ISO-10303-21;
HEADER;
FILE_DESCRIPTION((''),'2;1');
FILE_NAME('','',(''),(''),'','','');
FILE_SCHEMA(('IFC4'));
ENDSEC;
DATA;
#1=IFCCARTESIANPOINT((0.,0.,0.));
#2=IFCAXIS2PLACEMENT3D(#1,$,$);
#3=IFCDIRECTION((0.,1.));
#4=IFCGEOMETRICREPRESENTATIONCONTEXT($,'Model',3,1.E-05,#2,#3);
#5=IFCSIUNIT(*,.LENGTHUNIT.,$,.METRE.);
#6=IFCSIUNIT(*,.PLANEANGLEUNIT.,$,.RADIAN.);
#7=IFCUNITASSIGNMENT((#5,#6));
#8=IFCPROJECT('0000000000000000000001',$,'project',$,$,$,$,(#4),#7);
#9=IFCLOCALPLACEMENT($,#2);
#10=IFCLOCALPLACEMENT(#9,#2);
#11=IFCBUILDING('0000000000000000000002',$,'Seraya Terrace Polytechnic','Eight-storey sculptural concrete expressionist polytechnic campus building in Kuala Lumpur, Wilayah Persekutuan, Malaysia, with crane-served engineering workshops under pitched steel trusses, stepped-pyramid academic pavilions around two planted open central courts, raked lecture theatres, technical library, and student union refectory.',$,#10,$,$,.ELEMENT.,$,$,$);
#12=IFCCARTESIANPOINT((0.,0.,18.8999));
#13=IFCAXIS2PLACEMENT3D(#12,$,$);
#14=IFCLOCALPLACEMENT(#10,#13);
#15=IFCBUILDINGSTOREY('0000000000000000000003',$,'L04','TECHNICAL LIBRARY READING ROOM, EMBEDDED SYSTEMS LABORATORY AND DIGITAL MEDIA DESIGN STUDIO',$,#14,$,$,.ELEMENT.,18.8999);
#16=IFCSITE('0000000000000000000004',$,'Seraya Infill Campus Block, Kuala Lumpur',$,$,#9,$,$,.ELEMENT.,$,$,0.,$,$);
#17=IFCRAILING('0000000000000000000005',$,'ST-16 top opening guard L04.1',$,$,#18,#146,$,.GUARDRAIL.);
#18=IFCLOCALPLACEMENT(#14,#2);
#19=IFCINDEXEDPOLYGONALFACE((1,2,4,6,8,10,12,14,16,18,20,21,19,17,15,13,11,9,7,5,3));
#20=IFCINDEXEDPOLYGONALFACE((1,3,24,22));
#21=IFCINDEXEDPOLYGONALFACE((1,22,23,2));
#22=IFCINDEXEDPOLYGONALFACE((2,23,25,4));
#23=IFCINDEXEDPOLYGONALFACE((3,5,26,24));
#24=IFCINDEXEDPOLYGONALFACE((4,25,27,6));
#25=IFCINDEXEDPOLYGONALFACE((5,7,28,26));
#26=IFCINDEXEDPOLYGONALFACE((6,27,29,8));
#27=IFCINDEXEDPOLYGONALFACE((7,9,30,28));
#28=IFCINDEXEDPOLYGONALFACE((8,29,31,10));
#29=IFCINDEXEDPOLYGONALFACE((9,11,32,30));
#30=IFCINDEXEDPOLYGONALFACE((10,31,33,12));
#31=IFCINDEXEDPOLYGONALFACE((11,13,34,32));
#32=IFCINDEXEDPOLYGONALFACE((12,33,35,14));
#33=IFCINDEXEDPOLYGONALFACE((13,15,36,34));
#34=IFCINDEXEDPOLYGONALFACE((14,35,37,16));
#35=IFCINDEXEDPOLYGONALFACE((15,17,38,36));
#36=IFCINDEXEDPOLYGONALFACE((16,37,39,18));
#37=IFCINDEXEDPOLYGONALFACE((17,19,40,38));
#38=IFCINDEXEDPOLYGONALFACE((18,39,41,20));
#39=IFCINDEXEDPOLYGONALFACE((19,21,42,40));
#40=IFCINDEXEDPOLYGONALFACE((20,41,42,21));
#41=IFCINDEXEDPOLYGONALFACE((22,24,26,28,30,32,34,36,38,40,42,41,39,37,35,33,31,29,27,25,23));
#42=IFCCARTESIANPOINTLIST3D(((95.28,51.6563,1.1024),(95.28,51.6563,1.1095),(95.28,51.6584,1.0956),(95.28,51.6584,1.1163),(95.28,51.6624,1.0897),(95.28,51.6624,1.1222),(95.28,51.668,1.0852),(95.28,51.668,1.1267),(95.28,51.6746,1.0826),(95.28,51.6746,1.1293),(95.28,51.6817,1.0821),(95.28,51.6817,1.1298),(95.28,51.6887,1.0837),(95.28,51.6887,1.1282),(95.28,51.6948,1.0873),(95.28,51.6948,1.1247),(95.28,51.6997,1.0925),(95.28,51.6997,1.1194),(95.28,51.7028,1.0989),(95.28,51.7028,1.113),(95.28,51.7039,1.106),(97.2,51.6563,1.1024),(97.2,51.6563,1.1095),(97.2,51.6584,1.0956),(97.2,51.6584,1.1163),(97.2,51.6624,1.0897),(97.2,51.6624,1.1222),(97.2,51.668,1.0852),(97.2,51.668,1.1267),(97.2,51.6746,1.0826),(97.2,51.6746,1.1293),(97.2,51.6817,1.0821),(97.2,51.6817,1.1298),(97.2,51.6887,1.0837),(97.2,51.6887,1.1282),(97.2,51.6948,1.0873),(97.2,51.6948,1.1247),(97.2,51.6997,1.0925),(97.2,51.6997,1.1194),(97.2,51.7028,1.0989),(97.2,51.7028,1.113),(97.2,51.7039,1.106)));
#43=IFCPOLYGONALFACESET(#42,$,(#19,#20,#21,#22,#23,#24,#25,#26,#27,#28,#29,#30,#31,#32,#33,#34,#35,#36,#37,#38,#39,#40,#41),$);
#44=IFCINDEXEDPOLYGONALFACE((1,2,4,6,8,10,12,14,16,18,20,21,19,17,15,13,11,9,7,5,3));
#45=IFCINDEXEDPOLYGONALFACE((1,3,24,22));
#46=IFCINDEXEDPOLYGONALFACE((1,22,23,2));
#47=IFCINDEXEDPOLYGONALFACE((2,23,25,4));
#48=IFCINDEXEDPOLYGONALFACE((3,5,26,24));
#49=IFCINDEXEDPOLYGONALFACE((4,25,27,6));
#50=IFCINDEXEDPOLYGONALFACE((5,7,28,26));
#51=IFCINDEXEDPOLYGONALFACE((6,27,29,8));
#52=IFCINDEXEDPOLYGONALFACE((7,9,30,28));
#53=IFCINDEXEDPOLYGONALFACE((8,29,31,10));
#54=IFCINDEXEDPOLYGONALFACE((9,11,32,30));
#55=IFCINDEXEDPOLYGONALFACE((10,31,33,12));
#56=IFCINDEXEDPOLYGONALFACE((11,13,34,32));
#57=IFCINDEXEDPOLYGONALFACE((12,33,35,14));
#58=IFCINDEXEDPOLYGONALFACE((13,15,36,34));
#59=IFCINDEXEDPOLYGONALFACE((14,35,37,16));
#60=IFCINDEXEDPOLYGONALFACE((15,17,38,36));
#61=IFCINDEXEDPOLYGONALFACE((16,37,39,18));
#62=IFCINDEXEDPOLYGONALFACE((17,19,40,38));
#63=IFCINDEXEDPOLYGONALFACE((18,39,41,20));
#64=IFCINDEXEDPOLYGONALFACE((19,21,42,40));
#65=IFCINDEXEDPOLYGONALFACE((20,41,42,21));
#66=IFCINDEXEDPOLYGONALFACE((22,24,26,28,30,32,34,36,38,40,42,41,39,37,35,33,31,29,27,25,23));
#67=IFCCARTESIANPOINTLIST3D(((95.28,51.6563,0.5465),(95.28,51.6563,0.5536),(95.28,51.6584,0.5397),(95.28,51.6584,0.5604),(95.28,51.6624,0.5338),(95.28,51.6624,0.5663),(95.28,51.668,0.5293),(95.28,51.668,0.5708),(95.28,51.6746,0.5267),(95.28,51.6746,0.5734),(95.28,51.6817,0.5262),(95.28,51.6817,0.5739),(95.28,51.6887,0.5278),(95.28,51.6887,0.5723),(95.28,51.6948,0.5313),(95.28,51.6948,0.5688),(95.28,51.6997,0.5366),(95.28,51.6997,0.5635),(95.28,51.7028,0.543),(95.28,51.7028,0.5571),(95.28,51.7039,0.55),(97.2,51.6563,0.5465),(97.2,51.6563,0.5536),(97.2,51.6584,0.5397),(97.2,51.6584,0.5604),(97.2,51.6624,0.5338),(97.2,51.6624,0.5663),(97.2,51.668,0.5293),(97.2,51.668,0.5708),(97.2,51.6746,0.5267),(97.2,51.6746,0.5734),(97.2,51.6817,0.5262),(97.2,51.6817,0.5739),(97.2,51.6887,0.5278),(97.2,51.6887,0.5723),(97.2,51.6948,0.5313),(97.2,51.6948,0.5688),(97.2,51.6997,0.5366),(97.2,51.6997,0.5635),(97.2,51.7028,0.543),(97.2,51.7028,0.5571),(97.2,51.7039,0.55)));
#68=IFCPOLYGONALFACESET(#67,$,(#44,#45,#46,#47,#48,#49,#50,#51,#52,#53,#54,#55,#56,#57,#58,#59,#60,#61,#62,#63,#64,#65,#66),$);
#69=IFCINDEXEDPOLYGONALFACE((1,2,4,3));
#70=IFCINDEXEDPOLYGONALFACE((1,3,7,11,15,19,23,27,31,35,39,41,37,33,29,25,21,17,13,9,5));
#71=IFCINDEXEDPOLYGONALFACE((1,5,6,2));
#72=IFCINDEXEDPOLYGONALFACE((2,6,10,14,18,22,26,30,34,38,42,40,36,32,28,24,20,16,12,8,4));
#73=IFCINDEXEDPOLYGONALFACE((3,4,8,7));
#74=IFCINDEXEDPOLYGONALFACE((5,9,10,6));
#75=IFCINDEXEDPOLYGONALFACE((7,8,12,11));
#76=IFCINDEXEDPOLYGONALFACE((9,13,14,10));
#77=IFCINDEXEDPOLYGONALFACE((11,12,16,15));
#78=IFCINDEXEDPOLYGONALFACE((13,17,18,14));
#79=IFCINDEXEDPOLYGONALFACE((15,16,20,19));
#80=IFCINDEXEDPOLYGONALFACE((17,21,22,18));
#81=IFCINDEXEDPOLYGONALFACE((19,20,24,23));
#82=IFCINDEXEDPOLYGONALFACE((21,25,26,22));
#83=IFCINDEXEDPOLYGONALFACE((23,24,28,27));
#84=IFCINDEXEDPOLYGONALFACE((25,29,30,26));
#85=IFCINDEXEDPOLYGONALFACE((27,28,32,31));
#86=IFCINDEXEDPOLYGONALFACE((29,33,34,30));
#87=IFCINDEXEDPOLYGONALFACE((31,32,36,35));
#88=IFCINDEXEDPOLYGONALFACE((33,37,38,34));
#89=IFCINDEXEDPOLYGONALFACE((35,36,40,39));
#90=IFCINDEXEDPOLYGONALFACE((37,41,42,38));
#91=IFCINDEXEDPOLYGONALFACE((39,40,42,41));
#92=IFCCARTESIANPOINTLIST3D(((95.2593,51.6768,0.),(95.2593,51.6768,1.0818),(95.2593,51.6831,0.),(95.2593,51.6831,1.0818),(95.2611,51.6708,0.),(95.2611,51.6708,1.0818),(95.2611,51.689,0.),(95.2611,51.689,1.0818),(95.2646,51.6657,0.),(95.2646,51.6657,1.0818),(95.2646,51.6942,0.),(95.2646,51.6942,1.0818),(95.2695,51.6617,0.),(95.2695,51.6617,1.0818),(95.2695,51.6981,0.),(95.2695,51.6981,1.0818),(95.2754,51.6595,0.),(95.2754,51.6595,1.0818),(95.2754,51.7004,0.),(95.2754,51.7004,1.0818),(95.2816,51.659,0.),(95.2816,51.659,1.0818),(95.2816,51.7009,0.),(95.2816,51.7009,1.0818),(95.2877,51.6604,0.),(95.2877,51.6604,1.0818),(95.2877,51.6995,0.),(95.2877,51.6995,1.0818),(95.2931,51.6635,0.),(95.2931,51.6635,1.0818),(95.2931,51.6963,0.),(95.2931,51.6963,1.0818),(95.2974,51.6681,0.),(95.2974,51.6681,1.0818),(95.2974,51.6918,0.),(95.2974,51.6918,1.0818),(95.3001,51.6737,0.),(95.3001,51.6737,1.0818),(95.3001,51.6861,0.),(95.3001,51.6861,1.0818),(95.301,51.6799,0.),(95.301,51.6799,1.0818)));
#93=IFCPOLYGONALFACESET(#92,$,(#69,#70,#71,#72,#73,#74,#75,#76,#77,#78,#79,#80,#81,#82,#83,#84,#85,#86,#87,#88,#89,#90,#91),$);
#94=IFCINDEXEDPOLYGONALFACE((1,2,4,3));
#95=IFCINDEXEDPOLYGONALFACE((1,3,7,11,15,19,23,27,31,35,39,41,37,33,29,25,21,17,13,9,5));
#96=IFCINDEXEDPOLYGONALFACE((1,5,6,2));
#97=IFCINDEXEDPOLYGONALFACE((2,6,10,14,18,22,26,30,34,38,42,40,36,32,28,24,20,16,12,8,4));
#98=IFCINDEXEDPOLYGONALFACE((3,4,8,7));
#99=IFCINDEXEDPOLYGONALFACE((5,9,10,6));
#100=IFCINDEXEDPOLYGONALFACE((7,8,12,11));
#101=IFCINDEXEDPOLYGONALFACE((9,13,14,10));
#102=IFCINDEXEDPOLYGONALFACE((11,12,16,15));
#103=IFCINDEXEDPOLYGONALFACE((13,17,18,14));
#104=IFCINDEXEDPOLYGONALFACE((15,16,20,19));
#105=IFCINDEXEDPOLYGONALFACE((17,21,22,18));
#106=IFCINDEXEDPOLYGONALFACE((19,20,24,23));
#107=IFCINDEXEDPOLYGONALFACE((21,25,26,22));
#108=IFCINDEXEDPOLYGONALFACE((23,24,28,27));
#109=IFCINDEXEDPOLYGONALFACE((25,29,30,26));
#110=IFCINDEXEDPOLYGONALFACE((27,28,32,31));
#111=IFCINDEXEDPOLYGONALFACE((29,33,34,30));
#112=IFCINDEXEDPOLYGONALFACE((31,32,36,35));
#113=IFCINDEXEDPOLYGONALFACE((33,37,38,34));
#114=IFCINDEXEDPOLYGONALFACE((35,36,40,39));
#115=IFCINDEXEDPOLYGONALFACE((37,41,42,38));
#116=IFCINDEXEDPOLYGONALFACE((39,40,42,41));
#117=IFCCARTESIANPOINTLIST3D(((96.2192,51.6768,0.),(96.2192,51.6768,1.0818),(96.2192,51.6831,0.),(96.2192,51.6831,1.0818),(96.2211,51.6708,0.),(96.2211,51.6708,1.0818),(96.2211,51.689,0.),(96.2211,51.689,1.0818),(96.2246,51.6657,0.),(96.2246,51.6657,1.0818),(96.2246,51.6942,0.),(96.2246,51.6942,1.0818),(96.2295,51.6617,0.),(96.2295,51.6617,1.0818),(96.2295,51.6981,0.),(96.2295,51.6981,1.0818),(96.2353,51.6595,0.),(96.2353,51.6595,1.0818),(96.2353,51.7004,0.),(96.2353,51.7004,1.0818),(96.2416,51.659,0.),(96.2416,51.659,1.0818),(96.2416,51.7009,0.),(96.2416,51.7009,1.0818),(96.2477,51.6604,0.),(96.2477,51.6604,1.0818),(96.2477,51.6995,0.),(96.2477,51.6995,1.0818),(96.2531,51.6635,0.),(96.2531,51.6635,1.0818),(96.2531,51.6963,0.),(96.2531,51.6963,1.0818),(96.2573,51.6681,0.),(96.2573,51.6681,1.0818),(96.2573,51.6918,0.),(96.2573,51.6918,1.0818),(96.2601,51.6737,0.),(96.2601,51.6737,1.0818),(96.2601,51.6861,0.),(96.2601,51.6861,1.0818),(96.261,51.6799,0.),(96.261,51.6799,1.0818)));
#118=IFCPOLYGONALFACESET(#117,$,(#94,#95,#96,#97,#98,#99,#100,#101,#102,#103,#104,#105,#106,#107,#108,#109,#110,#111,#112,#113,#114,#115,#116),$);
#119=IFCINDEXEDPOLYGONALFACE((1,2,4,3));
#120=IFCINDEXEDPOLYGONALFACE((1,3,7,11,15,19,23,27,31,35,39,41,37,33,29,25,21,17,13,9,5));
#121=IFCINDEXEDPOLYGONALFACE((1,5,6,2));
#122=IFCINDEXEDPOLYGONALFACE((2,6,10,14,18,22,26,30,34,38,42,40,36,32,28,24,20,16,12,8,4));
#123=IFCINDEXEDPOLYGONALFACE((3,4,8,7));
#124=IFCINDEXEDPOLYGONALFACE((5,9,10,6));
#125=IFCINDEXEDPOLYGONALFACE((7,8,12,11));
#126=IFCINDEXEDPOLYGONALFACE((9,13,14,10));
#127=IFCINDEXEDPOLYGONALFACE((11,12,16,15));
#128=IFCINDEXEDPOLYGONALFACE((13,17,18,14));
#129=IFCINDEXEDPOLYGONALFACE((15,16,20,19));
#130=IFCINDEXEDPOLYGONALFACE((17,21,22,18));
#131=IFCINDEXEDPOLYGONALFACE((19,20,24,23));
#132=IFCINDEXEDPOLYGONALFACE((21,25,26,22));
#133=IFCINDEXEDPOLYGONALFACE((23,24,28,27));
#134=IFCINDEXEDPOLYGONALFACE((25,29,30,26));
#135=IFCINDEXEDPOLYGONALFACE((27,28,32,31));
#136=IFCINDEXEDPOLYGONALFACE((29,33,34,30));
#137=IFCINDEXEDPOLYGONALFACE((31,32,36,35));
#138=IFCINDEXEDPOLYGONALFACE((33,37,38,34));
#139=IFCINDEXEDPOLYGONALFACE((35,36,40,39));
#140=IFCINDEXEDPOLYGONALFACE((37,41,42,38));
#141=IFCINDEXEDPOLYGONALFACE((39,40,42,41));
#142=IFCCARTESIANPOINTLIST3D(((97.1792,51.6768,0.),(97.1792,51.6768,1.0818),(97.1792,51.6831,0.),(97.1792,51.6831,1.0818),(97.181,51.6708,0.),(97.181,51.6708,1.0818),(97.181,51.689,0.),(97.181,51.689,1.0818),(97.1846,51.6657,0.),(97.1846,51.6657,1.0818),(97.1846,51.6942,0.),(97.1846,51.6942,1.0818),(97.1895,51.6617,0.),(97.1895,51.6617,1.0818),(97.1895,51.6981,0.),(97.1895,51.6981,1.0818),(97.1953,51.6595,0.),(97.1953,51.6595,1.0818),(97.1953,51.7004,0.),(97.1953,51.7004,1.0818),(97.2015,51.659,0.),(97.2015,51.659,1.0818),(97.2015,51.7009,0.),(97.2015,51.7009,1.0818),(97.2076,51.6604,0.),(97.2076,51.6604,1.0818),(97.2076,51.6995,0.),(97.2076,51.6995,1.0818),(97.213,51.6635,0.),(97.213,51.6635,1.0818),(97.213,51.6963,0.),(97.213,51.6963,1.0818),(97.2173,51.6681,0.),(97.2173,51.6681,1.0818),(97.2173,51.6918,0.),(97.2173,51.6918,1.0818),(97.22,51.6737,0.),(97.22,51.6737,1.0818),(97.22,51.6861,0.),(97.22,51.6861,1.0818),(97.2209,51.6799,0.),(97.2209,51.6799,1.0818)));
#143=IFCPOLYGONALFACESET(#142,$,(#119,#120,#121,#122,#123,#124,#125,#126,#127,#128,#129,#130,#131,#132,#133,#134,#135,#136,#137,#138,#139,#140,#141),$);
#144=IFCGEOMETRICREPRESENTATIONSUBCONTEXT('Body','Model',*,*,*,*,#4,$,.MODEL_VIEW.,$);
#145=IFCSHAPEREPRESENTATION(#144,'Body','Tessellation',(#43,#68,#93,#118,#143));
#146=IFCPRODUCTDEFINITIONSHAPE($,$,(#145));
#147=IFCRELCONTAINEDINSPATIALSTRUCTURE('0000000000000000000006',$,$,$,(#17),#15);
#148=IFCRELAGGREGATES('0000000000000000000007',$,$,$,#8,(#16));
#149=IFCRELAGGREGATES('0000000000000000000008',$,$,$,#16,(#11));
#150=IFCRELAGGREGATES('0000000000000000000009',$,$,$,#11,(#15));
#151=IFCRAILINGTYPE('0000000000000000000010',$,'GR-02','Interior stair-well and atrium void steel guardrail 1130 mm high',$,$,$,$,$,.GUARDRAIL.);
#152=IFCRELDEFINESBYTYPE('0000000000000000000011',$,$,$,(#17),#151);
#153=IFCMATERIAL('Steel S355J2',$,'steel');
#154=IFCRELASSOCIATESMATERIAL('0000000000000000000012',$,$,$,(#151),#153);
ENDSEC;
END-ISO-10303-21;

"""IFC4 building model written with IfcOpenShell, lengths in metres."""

from ifc_helpers import new_model, si_unit, direction, frame, origin, origin_2d, place, context, subcontext, project, spatial, circle, extrude, material, type_object, element, save


model = new_model("IFC4")

# Units and contexts
model_context = context("Model", 3, precision=1e-05, world=origin(), true_north=direction((0.0, 1.0)))
body_context = subcontext(model_context, "Body", "Model", "MODEL_VIEW")
ifc_project = project(units=[si_unit("LENGTHUNIT", "METRE"), si_unit("PLANEANGLEUNIT", "RADIAN")], contexts=[model_context])

# Site, building, storey
site_placement = place(None, origin())
site = spatial("IfcSite", under=ifc_project, at=site_placement, Name="Seraya Infill Campus Block, Kuala Lumpur", CompositionType="ELEMENT", RefElevation=0.0)
building_placement = place(site_placement, origin())
building = spatial("IfcBuilding", under=site, at=building_placement, Name="Seraya Terrace Polytechnic", Description="Eight-storey sculptural concrete expressionist polytechnic campus building in Kuala Lumpur, Wilayah Persekutuan, Malaysia, with crane-served engineering workshops under pitched steel trusses, stepped-pyramid academic pavilions around two planted open central courts, raked lecture theatres, technical library, and student union refectory.", CompositionType="ELEMENT")
storey_placement = place(building_placement, frame((0.0, 0.0, 18.8999)))
storey = spatial("IfcBuildingStorey", under=building, at=storey_placement, Name="L04", Description="TECHNICAL LIBRARY READING ROOM, EMBEDDED SYSTEMS LABORATORY AND DIGITAL MEDIA DESIGN STUDIO", CompositionType="ELEMENT", Elevation=18.8999)

# Railing
ifc_material_1 = material(Name="Steel S355J2", Category="steel")
railing_type_1 = type_object("IfcRailingType", Name="GR-02", Description="Interior stair-well and atrium void steel guardrail 1130 mm high", PredefinedType="GUARDRAIL", material=ifc_material_1)
railing_1_placement = place(storey_placement, frame((95.28, 51.6799, 0.0)))
element("IfcRailing", 1, at=railing_1_placement, inside=storey, type_object=railing_type_1, Name="ST-16 top opening guard L04.1", PredefinedType="GUARDRAIL", context=body_context, shape_type="SweptSolid", body=[
    extrude(circle(Radius=0.0239, at=origin_2d()), frame((0.0, 0.0, 1.106), z_axis=(1.0, 0.0, 0.0), x_axis=(0.0, 1.0, 0.0)), (0.0, 0.0, 1.0), 1.9199),
    extrude(circle(Radius=0.0239, at=origin_2d()), frame((0.0, 0.0, 0.55), z_axis=(1.0, 0.0, 0.0), x_axis=(0.0, 1.0, 0.0)), (0.0, 0.0, 1.0), 1.9199),
    extrude(circle(Radius=0.021, at=origin_2d()), origin(), (0.0, 0.0, 1.0), 1.0818),
    extrude(circle(Radius=0.021, at=origin_2d()), frame((0.96, 0.0, 0.0)), (0.0, 0.0, 1.0), 1.0818),
    extrude(circle(Radius=0.021, at=origin_2d()), frame((1.9199, 0.0, 0.0)), (0.0, 0.0, 1.0), 1.0818),
])

save(model, "model.ifc")
